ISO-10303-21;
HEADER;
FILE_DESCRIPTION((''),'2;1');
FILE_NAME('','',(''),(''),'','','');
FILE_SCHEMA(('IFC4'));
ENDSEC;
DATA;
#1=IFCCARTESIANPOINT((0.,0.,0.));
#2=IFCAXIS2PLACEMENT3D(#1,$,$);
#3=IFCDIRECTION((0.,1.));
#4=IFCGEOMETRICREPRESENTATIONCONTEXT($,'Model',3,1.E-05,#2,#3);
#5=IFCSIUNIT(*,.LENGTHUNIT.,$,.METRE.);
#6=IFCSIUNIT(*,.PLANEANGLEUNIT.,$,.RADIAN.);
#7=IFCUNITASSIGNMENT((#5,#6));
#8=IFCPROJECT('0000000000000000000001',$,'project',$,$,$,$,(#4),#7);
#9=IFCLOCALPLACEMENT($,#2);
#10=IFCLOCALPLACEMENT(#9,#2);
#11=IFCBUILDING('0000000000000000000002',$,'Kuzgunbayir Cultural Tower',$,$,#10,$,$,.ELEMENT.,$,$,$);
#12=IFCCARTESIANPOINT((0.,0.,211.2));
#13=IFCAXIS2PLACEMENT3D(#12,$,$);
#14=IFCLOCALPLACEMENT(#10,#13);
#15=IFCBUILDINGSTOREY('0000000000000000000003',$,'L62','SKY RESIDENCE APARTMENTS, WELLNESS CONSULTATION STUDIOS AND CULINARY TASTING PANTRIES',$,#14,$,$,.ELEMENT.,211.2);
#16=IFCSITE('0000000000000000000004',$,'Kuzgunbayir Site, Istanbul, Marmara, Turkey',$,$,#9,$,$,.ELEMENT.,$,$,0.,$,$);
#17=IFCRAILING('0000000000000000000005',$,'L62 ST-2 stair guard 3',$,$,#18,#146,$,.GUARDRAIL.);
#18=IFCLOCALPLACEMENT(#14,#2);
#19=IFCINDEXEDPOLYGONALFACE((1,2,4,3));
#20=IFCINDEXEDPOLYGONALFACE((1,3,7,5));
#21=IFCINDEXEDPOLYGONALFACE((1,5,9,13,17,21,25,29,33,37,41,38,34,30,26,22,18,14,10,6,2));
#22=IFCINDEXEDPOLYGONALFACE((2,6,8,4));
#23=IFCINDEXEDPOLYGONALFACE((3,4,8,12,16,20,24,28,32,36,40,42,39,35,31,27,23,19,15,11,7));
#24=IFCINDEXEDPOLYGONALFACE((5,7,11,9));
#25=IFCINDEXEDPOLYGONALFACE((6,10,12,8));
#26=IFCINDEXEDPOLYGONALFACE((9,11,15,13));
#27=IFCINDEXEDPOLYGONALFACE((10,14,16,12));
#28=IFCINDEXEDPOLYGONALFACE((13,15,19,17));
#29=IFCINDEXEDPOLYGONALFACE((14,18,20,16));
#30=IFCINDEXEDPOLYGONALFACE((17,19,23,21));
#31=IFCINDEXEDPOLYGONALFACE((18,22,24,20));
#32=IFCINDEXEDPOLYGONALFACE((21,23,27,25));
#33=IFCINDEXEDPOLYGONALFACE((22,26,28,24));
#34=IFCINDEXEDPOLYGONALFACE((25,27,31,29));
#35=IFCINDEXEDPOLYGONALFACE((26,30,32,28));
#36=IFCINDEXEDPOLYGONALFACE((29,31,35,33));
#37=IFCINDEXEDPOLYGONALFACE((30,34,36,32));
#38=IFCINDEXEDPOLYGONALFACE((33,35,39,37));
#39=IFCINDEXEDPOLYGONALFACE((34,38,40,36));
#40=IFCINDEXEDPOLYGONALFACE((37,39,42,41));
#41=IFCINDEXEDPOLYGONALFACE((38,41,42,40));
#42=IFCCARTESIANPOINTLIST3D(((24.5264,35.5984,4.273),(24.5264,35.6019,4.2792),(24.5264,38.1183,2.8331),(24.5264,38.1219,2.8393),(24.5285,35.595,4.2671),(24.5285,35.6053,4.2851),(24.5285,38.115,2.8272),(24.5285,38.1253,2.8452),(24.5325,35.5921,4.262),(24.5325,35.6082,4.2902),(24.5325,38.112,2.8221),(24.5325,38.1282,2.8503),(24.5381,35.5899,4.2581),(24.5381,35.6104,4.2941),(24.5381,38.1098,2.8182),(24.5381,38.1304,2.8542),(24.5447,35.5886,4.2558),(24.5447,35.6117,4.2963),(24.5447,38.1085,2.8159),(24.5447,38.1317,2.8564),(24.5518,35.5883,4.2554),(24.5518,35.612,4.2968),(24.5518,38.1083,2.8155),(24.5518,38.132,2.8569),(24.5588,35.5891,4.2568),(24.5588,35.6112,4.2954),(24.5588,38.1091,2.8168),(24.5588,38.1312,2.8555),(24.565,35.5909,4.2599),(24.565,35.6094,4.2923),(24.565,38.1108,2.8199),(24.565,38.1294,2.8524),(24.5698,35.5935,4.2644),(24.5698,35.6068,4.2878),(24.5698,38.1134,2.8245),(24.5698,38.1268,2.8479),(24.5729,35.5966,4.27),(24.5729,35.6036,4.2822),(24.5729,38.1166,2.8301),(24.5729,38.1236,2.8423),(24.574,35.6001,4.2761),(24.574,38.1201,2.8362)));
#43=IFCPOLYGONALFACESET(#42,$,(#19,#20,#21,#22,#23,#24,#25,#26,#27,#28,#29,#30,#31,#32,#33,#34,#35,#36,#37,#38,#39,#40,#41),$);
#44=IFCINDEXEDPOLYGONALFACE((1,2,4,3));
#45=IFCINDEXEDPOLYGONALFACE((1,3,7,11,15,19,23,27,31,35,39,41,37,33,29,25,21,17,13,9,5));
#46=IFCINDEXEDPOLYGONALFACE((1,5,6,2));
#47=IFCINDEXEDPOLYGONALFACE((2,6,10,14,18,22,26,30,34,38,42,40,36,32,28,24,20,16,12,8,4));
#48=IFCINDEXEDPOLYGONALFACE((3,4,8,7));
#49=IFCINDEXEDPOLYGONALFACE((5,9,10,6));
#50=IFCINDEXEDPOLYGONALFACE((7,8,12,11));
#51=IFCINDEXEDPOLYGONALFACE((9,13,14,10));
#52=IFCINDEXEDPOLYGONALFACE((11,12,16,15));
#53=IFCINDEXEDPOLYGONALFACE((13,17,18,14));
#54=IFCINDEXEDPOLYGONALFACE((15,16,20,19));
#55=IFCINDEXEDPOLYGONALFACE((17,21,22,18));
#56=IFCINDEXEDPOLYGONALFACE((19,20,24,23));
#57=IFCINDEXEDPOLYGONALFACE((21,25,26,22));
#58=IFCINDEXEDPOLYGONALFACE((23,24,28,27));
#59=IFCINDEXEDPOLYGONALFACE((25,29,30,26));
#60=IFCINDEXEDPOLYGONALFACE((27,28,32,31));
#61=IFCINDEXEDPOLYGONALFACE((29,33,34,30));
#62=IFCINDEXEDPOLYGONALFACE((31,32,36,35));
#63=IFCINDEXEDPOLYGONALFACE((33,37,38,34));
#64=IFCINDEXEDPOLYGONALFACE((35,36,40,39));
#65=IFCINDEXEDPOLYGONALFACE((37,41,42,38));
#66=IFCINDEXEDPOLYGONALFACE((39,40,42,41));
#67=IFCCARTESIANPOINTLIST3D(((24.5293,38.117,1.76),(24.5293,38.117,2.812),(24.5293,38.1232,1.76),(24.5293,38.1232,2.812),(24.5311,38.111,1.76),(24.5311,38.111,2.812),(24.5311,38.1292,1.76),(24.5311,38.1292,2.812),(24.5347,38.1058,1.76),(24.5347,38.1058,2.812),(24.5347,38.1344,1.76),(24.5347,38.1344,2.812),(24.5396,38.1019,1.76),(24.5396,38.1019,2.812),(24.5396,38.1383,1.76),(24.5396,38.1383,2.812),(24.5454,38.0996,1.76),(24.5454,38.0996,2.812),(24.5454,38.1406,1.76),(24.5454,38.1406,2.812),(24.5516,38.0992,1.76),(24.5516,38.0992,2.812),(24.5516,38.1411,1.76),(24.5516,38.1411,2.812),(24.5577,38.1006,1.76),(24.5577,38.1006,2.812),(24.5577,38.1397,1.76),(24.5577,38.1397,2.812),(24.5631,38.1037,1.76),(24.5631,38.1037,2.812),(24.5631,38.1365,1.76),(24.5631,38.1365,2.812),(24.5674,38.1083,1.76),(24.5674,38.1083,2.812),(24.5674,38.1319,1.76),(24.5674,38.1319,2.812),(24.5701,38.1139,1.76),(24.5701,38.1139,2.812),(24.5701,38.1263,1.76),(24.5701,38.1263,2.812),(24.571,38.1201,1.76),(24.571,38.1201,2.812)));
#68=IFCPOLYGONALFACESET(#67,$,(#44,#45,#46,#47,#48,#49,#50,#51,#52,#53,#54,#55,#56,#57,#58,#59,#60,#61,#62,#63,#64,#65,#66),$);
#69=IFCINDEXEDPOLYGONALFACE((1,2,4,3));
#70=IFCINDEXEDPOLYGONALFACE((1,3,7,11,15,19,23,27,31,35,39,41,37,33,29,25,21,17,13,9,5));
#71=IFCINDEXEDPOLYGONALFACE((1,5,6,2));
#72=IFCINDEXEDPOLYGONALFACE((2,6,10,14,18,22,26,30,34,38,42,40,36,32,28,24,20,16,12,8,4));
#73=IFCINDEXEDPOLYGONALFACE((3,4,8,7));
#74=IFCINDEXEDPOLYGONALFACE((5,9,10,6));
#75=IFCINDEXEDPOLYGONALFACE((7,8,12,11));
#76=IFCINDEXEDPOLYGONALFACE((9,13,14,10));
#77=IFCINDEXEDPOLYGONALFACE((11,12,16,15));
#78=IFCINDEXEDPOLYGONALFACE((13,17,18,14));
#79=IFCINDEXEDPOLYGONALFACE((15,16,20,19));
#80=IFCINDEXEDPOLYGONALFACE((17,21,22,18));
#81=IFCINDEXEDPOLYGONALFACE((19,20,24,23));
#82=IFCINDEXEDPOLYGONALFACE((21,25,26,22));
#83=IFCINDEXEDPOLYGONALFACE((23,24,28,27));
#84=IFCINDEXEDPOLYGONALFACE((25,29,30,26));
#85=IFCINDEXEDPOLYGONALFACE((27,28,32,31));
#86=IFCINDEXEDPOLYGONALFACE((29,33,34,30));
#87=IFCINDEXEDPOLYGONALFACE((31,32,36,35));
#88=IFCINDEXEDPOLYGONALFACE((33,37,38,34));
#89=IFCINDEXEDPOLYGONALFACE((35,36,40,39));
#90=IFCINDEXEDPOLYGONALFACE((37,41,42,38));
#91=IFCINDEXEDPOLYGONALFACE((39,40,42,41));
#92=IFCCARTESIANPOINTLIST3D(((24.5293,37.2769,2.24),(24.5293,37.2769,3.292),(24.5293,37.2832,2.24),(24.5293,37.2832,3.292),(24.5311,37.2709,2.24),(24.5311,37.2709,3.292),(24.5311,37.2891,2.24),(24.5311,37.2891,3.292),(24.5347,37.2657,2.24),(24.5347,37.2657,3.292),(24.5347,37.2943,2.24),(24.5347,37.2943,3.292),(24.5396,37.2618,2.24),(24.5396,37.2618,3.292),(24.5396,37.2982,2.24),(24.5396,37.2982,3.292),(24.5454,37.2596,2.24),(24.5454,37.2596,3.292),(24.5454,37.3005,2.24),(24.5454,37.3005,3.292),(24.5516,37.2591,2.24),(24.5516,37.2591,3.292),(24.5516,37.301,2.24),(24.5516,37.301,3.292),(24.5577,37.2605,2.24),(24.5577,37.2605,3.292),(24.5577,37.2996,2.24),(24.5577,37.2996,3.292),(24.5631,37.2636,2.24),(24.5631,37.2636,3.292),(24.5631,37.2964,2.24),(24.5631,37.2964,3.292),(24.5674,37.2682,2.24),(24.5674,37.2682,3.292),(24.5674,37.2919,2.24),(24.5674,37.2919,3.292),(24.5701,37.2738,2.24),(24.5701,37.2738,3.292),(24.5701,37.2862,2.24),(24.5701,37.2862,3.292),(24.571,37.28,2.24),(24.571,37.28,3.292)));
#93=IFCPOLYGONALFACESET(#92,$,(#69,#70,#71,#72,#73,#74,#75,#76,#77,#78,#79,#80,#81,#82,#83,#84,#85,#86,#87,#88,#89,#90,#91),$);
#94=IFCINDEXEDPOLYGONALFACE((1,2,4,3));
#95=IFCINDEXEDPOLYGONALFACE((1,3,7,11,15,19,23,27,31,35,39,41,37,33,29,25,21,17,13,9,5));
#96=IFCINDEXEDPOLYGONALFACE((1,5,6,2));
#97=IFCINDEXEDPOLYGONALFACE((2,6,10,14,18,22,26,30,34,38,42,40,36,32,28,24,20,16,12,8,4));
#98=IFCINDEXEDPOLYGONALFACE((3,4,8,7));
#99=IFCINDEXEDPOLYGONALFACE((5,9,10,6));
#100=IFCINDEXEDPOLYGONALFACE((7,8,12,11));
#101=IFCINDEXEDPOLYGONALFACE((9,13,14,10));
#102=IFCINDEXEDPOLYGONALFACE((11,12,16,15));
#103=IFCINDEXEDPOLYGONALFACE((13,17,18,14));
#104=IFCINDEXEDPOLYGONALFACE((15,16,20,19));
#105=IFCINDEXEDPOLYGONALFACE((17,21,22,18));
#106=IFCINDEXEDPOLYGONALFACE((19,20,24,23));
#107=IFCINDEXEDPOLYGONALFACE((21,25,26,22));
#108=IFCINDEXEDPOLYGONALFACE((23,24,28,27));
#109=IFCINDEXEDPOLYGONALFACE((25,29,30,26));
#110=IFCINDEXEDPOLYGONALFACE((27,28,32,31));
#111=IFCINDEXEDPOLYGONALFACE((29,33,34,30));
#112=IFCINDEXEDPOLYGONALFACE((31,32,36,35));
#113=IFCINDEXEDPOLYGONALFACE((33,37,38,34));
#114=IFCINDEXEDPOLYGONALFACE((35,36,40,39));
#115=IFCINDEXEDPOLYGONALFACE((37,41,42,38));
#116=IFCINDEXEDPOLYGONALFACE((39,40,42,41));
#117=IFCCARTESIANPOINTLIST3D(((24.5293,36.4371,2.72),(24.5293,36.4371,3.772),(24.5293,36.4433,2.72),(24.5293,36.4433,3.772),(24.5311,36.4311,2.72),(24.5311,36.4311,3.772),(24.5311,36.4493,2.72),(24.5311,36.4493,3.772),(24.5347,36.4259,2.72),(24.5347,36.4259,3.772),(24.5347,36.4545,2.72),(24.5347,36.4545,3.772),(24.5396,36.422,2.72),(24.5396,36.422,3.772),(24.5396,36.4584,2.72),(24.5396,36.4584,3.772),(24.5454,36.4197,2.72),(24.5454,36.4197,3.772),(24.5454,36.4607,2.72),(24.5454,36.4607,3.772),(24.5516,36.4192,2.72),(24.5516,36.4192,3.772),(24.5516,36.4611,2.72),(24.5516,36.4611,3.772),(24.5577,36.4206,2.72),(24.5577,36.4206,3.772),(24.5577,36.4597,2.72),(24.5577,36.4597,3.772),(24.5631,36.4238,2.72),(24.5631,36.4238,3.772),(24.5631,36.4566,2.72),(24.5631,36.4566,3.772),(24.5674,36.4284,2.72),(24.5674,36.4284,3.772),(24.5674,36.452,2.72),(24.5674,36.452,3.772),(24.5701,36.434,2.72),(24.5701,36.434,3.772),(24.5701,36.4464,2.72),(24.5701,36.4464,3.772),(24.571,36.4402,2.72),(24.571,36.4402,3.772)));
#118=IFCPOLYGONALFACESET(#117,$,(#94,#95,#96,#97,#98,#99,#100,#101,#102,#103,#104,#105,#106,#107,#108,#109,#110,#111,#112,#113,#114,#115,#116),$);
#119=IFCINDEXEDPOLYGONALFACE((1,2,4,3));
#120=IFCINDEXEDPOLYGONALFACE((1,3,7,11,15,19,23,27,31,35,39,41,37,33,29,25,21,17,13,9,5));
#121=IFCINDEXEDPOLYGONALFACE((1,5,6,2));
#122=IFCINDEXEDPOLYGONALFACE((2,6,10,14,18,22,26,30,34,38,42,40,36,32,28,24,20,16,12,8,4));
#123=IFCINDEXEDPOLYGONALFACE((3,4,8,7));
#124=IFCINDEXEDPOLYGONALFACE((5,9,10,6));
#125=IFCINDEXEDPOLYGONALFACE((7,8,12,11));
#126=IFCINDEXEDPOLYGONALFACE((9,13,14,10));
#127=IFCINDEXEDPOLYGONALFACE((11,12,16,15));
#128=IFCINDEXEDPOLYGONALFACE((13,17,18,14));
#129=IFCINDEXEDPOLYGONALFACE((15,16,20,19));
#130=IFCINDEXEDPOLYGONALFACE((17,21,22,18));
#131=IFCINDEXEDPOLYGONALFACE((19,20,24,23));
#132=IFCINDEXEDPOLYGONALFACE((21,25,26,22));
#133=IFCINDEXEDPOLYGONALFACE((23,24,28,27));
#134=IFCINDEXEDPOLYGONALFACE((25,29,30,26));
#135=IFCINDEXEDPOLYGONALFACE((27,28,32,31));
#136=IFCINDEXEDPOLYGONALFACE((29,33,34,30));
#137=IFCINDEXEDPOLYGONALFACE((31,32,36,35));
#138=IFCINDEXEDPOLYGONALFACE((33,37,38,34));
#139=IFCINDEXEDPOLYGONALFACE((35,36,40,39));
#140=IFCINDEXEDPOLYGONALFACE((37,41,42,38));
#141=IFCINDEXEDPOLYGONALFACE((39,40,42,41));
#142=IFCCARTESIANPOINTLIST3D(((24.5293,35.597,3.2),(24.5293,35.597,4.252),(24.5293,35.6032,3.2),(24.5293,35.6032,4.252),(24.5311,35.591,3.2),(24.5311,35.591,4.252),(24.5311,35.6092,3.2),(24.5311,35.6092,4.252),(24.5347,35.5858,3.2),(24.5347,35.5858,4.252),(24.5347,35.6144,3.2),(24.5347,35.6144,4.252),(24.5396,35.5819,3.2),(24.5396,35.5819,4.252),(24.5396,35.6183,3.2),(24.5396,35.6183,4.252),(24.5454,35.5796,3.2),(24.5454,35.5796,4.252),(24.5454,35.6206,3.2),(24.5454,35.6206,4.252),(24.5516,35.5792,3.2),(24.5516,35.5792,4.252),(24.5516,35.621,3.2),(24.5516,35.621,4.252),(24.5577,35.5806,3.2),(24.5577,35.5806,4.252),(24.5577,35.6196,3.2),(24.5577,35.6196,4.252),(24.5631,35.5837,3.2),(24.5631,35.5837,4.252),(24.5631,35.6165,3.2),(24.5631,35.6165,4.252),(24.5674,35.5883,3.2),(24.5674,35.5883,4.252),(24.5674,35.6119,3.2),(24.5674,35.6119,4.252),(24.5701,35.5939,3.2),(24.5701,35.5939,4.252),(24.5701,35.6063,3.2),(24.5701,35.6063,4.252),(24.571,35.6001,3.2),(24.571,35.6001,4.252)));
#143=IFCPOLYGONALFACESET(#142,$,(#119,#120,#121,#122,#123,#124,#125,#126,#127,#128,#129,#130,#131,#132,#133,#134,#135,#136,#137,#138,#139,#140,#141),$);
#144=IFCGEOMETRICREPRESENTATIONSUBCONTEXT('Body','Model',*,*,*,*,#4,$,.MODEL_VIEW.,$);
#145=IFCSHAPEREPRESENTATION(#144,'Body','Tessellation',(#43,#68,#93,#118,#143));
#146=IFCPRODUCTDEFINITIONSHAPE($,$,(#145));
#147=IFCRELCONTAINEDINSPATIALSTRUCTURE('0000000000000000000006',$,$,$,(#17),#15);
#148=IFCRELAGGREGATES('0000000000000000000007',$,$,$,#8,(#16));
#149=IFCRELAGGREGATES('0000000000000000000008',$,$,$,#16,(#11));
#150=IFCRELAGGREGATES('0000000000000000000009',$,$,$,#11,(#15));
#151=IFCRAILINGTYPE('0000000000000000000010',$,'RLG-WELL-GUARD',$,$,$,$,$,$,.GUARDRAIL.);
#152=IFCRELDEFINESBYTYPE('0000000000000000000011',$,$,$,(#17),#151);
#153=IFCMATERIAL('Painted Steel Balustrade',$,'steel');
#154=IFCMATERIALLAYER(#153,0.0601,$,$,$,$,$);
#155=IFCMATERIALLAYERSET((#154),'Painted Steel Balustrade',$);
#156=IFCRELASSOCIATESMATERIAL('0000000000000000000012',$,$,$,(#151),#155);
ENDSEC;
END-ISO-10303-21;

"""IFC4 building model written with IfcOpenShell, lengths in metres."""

from ifc_helpers import new_model, si_unit, direction, frame, origin, origin_2d, place, context, subcontext, project, spatial, circle, extrude, material, layer, layer_set, type_object, element, save


model = new_model("IFC4")

# Units and contexts
model_context = context("Model", 3, precision=1e-05, world=origin(), true_north=direction((0.0, 1.0)))
body_context = subcontext(model_context, "Body", "Model", "MODEL_VIEW")
ifc_project = project(units=[si_unit("LENGTHUNIT", "METRE"), si_unit("PLANEANGLEUNIT", "RADIAN")], contexts=[model_context])

# Site, building, storey
site_placement = place(None, origin())
site = spatial("IfcSite", under=ifc_project, at=site_placement, Name="Kuzgunbayir Site, Istanbul, Marmara, Turkey", CompositionType="ELEMENT", RefElevation=0.0)
building_placement = place(site_placement, origin())
building = spatial("IfcBuilding", under=site, at=building_placement, Name="Kuzgunbayir Cultural Tower", CompositionType="ELEMENT")
storey_placement = place(building_placement, frame((0.0, 0.0, 211.2)))
storey = spatial("IfcBuildingStorey", under=building, at=storey_placement, Name="L62", Description="SKY RESIDENCE APARTMENTS, WELLNESS CONSULTATION STUDIOS AND CULINARY TASTING PANTRIES", CompositionType="ELEMENT", Elevation=211.2)

# Railing
ifc_material_1 = material(Name="Painted Steel Balustrade", Category="steel")
ifc_layer_1 = layer(ifc_material_1, 0.0601)
ifc_layer_set_1 = layer_set([ifc_layer_1], Name="Painted Steel Balustrade")
railing_type_1 = type_object("IfcRailingType", Name="RLG-WELL-GUARD", PredefinedType="GUARDRAIL", material=ifc_layer_set_1)
railing_1_placement = place(storey_placement, frame((24.55, 38.1201, 1.76)))
element("IfcRailing", 1, at=railing_1_placement, inside=storey, type_object=railing_type_1, Name="L62 ST-2 stair guard 3", PredefinedType="GUARDRAIL", context=body_context, shape_type="SweptSolid", body=[
    extrude(circle(Radius=0.0239, at=origin_2d()), frame((0.0, 0.0, 1.0762), z_axis=(0.0, -0.868253, 0.496121), x_axis=(1.0, 0.0, 0.0)), (0.0, 0.0, 1.0), 2.9023),
    extrude(circle(Radius=0.021, at=origin_2d()), origin(), (0.0, 0.0, 1.0), 1.052),
    extrude(circle(Radius=0.021, at=origin_2d()), frame((0.0, -0.8401, 0.48)), (0.0, 0.0, 1.0), 1.052),
    extrude(circle(Radius=0.021, at=origin_2d()), frame((0.0, -1.6799, 0.96)), (0.0, 0.0, 1.0), 1.052),
    extrude(circle(Radius=0.021, at=origin_2d()), frame((0.0, -2.52, 1.4399)), (0.0, 0.0, 1.0), 1.052),
])

save(model, "model.ifc")
